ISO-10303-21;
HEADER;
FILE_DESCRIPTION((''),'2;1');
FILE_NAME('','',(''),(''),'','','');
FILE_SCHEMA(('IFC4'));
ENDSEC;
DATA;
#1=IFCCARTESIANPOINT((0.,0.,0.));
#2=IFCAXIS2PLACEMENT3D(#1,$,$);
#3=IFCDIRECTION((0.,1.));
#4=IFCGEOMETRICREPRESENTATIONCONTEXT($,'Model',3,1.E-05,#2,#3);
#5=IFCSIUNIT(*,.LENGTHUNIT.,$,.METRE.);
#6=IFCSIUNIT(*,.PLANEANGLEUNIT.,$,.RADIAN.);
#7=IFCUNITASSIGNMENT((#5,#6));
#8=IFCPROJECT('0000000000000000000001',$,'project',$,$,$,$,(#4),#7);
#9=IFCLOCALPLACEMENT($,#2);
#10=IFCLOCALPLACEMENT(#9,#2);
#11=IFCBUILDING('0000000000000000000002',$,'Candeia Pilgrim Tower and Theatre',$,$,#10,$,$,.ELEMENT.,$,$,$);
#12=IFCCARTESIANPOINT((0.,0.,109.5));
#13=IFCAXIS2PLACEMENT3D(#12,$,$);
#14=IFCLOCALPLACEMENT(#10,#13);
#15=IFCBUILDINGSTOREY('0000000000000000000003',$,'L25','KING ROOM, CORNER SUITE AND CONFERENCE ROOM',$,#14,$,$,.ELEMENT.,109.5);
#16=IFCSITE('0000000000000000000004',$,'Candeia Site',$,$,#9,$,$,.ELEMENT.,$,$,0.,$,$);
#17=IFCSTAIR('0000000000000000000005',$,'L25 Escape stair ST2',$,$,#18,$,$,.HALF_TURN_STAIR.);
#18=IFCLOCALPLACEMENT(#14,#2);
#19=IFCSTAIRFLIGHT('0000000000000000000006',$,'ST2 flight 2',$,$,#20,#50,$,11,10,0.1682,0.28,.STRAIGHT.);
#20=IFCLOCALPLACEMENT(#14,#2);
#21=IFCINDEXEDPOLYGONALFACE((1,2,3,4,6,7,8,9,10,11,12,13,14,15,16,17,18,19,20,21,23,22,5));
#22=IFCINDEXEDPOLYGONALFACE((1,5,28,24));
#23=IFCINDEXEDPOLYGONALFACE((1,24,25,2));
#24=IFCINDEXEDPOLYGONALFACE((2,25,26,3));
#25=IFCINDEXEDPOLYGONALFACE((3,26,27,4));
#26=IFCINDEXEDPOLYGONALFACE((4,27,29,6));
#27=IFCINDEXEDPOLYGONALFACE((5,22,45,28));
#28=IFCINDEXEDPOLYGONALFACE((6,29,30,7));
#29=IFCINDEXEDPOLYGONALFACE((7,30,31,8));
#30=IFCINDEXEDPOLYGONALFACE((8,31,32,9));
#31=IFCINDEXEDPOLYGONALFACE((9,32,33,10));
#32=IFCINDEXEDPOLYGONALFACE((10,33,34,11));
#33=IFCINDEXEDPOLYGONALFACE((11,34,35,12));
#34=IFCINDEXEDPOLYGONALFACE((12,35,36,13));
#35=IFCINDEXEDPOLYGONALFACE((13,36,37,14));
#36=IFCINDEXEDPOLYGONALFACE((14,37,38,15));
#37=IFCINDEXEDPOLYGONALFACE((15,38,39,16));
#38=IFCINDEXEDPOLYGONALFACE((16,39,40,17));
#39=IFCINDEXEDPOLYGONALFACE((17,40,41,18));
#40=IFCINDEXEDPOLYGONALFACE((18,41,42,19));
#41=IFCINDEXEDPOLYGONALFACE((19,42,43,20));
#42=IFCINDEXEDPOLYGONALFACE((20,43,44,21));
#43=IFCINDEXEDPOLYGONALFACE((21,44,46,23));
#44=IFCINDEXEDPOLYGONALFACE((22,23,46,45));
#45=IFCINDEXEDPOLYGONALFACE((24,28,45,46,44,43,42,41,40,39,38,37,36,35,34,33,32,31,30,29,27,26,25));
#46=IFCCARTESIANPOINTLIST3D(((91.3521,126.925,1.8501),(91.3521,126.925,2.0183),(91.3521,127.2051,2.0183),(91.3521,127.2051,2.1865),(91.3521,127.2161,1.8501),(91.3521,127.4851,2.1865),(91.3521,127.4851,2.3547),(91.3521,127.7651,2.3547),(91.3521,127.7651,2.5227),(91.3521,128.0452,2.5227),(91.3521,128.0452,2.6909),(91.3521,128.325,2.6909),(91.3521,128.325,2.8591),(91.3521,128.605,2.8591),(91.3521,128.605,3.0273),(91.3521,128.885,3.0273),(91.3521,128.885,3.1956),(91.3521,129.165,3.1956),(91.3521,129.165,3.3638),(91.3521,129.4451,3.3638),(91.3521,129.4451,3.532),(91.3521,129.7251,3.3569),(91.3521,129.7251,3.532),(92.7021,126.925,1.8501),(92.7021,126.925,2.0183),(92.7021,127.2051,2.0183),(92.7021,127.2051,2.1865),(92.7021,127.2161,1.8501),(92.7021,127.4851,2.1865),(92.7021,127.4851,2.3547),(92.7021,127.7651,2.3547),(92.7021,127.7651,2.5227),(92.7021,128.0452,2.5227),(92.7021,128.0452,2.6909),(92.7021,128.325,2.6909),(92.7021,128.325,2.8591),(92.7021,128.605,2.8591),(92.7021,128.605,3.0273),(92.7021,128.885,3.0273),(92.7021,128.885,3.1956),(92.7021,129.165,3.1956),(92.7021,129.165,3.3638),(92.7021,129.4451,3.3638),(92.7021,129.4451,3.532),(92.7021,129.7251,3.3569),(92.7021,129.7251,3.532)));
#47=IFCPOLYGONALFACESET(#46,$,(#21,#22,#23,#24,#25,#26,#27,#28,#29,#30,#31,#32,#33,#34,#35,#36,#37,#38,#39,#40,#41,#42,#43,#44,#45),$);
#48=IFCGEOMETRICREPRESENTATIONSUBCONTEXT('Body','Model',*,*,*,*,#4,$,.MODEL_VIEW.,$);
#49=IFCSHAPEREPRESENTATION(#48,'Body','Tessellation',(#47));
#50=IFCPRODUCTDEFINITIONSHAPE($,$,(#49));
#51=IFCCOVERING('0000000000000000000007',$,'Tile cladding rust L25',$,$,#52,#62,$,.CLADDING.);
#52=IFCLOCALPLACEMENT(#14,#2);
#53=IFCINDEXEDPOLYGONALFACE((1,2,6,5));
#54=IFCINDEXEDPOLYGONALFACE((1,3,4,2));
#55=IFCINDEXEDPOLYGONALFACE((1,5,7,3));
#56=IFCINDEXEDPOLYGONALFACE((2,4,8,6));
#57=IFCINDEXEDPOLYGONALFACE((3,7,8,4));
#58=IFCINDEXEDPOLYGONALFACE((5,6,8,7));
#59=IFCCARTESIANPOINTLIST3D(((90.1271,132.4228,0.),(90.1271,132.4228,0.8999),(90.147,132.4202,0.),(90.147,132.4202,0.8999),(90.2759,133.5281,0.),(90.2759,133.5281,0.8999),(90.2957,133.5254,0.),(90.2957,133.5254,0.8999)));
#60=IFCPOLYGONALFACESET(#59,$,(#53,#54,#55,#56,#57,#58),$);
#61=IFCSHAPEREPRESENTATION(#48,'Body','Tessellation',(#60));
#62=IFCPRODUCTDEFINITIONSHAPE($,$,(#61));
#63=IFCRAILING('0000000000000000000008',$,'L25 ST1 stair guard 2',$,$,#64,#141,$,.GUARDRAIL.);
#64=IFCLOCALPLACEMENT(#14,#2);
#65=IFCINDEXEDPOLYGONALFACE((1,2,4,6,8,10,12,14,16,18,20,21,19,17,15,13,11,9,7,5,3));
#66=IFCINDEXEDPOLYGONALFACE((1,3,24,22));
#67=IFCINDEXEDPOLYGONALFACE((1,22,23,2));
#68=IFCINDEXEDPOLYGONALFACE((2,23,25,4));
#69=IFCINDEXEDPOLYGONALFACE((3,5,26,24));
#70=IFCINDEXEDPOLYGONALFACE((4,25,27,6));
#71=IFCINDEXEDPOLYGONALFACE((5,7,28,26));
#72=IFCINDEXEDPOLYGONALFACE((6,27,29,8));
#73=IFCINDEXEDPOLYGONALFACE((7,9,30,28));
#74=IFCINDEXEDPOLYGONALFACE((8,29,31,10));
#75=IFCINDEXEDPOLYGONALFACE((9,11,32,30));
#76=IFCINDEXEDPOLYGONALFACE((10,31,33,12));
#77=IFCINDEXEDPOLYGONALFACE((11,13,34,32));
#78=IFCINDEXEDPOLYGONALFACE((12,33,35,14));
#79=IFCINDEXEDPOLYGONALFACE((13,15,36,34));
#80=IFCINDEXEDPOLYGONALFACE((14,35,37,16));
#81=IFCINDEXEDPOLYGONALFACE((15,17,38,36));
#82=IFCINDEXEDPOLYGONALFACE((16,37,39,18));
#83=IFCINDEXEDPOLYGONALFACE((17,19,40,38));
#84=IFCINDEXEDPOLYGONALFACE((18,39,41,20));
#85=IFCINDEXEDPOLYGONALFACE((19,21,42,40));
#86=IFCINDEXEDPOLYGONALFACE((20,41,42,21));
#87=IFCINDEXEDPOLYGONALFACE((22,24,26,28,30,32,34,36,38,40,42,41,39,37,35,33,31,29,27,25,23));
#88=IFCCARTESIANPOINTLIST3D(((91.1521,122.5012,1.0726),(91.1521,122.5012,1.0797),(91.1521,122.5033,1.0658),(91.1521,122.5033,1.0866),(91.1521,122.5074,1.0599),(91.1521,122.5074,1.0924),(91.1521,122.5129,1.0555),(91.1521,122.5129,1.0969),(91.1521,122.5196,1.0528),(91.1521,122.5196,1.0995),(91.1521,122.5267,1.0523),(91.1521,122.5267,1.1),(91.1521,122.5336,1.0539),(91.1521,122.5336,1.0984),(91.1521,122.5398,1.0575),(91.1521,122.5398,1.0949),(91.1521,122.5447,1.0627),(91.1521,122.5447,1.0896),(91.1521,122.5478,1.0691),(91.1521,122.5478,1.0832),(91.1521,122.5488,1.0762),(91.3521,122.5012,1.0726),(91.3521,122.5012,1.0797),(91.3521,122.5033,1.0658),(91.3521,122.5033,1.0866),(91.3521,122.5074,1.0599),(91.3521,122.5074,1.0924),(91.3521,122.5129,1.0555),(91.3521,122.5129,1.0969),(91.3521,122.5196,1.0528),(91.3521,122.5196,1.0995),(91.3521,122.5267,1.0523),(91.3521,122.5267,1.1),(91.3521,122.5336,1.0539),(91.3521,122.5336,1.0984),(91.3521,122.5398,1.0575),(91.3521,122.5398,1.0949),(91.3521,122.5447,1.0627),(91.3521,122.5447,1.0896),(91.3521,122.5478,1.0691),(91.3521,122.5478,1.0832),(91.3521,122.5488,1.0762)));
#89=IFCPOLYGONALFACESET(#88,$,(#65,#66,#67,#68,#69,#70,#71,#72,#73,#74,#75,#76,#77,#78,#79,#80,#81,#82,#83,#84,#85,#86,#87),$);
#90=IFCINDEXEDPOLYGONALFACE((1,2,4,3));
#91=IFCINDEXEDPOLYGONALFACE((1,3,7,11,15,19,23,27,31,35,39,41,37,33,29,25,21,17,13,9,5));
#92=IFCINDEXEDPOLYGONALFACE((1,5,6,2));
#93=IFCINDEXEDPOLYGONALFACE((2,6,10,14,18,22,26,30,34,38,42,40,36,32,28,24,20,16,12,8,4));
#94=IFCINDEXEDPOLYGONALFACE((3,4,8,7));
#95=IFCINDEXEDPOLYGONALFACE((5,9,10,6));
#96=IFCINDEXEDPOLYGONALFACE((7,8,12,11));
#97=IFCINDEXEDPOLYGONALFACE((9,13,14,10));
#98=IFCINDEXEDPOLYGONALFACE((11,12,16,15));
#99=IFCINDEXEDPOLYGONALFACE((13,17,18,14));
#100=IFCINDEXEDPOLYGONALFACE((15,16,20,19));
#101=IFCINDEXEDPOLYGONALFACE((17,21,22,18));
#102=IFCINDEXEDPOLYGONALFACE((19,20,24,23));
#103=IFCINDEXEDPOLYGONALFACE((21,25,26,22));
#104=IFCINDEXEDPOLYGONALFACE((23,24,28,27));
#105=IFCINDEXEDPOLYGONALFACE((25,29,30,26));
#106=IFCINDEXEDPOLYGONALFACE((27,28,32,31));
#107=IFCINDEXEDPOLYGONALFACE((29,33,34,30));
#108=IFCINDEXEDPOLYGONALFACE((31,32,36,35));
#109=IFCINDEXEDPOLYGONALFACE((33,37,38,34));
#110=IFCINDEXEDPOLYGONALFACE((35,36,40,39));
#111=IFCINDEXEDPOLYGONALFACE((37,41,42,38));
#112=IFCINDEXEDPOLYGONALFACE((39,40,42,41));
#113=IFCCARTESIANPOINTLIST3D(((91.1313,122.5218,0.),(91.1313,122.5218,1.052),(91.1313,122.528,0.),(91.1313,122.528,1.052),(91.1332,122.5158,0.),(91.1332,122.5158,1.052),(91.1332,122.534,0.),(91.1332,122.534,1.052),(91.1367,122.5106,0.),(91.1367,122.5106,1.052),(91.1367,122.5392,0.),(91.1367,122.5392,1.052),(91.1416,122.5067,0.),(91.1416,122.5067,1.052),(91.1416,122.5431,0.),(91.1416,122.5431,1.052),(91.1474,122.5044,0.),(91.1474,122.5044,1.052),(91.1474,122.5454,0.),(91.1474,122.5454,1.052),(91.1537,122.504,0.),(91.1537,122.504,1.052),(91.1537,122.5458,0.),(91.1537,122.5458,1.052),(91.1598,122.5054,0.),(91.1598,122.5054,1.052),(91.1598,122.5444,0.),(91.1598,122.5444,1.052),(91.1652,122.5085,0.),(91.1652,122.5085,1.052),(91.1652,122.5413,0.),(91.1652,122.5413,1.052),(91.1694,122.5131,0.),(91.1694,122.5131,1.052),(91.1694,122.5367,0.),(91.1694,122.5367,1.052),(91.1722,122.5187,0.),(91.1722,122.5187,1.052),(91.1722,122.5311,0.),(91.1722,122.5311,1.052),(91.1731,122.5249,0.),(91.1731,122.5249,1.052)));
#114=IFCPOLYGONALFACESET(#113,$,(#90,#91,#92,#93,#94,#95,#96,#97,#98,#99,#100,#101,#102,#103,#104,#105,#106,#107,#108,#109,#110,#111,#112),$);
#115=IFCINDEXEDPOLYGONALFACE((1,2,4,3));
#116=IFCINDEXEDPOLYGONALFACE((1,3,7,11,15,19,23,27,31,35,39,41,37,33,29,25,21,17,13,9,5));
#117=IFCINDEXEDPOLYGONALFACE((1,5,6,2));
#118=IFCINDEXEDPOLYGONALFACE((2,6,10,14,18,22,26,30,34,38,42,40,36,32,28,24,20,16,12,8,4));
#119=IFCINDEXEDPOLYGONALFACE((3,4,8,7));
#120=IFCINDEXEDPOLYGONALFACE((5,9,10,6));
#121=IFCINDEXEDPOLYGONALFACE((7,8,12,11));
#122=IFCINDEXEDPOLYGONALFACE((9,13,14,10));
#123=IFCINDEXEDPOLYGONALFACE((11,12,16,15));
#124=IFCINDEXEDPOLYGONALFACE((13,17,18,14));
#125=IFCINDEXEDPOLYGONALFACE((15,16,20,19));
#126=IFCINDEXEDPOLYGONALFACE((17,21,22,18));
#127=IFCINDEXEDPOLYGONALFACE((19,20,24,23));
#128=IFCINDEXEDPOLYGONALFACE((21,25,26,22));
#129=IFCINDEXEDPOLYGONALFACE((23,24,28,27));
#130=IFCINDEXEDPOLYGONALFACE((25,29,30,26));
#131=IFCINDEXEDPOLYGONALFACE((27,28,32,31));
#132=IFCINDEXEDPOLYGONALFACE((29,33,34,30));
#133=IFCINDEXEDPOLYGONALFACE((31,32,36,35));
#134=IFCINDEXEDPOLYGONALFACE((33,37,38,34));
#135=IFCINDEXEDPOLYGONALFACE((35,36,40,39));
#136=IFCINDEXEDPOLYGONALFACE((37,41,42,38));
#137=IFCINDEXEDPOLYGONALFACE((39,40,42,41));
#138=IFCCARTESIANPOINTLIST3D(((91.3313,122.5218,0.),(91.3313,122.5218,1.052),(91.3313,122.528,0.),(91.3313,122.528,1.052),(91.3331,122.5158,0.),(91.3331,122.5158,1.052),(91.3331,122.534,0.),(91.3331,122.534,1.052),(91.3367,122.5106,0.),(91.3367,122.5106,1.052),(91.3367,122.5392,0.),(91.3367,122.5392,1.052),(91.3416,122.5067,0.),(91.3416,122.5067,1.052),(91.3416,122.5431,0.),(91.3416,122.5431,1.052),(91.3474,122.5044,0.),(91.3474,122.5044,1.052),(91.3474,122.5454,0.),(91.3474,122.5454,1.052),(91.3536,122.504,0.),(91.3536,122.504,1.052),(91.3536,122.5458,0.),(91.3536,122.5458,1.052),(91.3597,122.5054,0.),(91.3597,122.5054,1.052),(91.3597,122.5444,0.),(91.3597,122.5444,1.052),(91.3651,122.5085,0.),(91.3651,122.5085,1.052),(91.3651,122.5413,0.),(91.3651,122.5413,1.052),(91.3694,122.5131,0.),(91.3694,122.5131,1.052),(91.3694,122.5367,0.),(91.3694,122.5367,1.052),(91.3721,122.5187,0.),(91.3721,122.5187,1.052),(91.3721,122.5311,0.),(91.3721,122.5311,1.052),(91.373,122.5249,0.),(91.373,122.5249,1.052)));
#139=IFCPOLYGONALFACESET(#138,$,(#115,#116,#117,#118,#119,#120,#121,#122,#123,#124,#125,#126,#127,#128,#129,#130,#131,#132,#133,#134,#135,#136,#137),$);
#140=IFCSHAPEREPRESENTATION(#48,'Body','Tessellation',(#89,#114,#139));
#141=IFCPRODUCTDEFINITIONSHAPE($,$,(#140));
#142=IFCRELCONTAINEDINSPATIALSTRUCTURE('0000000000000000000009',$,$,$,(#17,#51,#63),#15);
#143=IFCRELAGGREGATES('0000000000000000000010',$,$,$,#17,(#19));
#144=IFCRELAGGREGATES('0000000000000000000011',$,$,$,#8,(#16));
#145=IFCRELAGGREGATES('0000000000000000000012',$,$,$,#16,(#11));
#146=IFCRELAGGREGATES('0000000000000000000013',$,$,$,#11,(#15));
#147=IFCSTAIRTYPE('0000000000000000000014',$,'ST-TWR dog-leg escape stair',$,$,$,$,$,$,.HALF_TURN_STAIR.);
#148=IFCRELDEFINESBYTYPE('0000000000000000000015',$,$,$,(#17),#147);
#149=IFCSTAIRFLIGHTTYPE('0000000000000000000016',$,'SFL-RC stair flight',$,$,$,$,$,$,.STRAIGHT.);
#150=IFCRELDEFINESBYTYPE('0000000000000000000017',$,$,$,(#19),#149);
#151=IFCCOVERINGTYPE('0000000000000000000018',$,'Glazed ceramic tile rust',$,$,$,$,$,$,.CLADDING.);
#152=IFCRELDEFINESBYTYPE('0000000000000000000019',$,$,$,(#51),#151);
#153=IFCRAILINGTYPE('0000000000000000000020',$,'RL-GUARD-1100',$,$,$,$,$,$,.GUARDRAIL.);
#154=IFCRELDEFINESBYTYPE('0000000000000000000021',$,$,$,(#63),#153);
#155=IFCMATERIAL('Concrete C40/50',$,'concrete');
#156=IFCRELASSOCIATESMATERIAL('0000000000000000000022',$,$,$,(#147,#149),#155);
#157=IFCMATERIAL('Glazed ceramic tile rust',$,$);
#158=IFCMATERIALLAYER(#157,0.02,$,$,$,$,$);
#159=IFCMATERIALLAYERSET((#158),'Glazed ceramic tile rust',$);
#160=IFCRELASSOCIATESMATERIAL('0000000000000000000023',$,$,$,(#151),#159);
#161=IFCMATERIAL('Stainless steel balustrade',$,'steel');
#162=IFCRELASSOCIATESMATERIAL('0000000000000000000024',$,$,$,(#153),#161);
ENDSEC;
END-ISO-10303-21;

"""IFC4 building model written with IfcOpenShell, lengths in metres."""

from ifc_helpers import new_model, si_unit, direction, frame, origin, origin_2d, place, context, subcontext, project, spatial, polyline, rectangle, circle, outline, extrude, material, layer, layer_set, type_object, element, aggregate, save


model = new_model("IFC4")

# Units and contexts
model_context = context("Model", 3, precision=1e-05, world=origin(), true_north=direction((0.0, 1.0)))
body_context = subcontext(model_context, "Body", "Model", "MODEL_VIEW")
ifc_project = project(units=[si_unit("LENGTHUNIT", "METRE"), si_unit("PLANEANGLEUNIT", "RADIAN")], contexts=[model_context])

# Site, building, storey
site_placement = place(None, origin())
site = spatial("IfcSite", under=ifc_project, at=site_placement, Name="Candeia Site", CompositionType="ELEMENT", RefElevation=0.0)
building_placement = place(site_placement, origin())
building = spatial("IfcBuilding", under=site, at=building_placement, Name="Candeia Pilgrim Tower and Theatre", CompositionType="ELEMENT")
storey_placement = place(building_placement, frame((0.0, 0.0, 109.5)))
storey = spatial("IfcBuildingStorey", under=building, at=storey_placement, Name="L25", Description="KING ROOM, CORNER SUITE AND CONFERENCE ROOM", CompositionType="ELEMENT", Elevation=109.5)

# Shared definitions
ifc_material_1 = material(Name="Concrete C40/50", Category="concrete")

# Shared definitions
stair_type = type_object("IfcStairType", Name="ST-TWR dog-leg escape stair", PredefinedType="HALF_TURN_STAIR", material=ifc_material_1)
stair_flight_type = type_object("IfcStairFlightType", Name="SFL-RC stair flight", PredefinedType="STRAIGHT", material=ifc_material_1)

# Stair, stair flight
stair_1_placement = place(storey_placement, origin())
stair_1 = element("IfcStair", 1, at=stair_1_placement, inside=storey, type_object=stair_type, Name="L25 Escape stair ST2", PredefinedType="HALF_TURN_STAIR")
stair_flight_1_placement = place(storey_placement, frame((92.0271, 126.925, 1.8501), z_axis=(0.0, 0.0, 1.0), x_axis=(0.0, 1.0, 0.0)))
stair_flight_1 = element("IfcStairFlight", 2, at=stair_flight_1_placement, type_object=stair_flight_type, Name="ST2 flight 2", NumberOfRisers=11, NumberOfTreads=10, PredefinedType="STRAIGHT", RiserHeight=0.1682, TreadLength=0.28, context=body_context, shape_type="SweptSolid", body=[
    extrude(outline(polyline([(0.0, 0.0), (0.0, 0.1682), (0.28, 0.1682), (0.28, 0.3364), (0.5601, 0.3364), (0.5601, 0.5046), (0.8401, 0.5046), (0.8401, 0.6726), (1.1201, 0.6726), (1.1201, 0.8408), (1.3999, 0.8408), (1.3999, 1.009), (1.6799, 1.009), (1.6799, 1.1772), (1.96, 1.1772), (1.96, 1.3455), (2.24, 1.3455), (2.24, 1.5137), (2.52, 1.5137), (2.52, 1.6819), (2.8, 1.6819), (2.8, 1.8501), (2.8, 1.5068), (0.291, 0.0), (0.0, 0.0)])), frame((0.0, 0.675, 0.0), z_axis=(0.0, -1.0, 0.0), x_axis=(1.0, 0.0, 0.0)), (0.0, 0.0, 1.0), 1.3501),
])
aggregate(stair_1, [stair_flight_1])

# Shared definitions
ifc_material_2 = material(Name="Stainless steel balustrade", Category="steel")

# Covering
ifc_material_3 = material(Name="Glazed ceramic tile rust")
ifc_layer_1 = layer(ifc_material_3, 0.02)
ifc_layer_set_1 = layer_set([ifc_layer_1], Name="Glazed ceramic tile rust")
covering_type = type_object("IfcCoveringType", Name="Glazed ceramic tile rust", PredefinedType="CLADDING", material=ifc_layer_set_1)
covering_placement = place(storey_placement, frame((90.2114, 132.9741, 0.0), z_axis=(0.0, 0.0, 1.0), x_axis=(-0.133412, -0.991061, 0.0)))
element("IfcCovering", 3, at=covering_placement, inside=storey, type_object=covering_type, Name="Tile cladding rust L25", PredefinedType="CLADDING", context=body_context, shape_type="SweptSolid", body=[
    extrude(rectangle(XDim=1.1152, YDim=0.02, at=origin_2d()), origin(), (0.0, 0.0, 1.0), 0.8999),
])

# Railing
railing_type_1 = type_object("IfcRailingType", Name="RL-GUARD-1100", PredefinedType="GUARDRAIL", material=ifc_material_2)
railing_1_placement = place(storey_placement, frame((91.1521, 122.5249, 0.0)))
element("IfcRailing", 4, at=railing_1_placement, inside=storey, type_object=railing_type_1, Name="L25 ST1 stair guard 2", PredefinedType="GUARDRAIL", context=body_context, shape_type="SweptSolid", body=[
    extrude(circle(Radius=0.0239, at=origin_2d()), frame((0.0, 0.0, 1.0762), z_axis=(1.0, 0.0, 0.0), x_axis=(0.0, 1.0, 0.0)), (0.0, 0.0, 1.0), 0.2),
    extrude(circle(Radius=0.021, at=origin_2d()), origin(), (0.0, 0.0, 1.0), 1.052),
    extrude(circle(Radius=0.021, at=origin_2d()), frame((0.2, 0.0, 0.0)), (0.0, 0.0, 1.0), 1.052),
])

save(model, "model.ifc")
